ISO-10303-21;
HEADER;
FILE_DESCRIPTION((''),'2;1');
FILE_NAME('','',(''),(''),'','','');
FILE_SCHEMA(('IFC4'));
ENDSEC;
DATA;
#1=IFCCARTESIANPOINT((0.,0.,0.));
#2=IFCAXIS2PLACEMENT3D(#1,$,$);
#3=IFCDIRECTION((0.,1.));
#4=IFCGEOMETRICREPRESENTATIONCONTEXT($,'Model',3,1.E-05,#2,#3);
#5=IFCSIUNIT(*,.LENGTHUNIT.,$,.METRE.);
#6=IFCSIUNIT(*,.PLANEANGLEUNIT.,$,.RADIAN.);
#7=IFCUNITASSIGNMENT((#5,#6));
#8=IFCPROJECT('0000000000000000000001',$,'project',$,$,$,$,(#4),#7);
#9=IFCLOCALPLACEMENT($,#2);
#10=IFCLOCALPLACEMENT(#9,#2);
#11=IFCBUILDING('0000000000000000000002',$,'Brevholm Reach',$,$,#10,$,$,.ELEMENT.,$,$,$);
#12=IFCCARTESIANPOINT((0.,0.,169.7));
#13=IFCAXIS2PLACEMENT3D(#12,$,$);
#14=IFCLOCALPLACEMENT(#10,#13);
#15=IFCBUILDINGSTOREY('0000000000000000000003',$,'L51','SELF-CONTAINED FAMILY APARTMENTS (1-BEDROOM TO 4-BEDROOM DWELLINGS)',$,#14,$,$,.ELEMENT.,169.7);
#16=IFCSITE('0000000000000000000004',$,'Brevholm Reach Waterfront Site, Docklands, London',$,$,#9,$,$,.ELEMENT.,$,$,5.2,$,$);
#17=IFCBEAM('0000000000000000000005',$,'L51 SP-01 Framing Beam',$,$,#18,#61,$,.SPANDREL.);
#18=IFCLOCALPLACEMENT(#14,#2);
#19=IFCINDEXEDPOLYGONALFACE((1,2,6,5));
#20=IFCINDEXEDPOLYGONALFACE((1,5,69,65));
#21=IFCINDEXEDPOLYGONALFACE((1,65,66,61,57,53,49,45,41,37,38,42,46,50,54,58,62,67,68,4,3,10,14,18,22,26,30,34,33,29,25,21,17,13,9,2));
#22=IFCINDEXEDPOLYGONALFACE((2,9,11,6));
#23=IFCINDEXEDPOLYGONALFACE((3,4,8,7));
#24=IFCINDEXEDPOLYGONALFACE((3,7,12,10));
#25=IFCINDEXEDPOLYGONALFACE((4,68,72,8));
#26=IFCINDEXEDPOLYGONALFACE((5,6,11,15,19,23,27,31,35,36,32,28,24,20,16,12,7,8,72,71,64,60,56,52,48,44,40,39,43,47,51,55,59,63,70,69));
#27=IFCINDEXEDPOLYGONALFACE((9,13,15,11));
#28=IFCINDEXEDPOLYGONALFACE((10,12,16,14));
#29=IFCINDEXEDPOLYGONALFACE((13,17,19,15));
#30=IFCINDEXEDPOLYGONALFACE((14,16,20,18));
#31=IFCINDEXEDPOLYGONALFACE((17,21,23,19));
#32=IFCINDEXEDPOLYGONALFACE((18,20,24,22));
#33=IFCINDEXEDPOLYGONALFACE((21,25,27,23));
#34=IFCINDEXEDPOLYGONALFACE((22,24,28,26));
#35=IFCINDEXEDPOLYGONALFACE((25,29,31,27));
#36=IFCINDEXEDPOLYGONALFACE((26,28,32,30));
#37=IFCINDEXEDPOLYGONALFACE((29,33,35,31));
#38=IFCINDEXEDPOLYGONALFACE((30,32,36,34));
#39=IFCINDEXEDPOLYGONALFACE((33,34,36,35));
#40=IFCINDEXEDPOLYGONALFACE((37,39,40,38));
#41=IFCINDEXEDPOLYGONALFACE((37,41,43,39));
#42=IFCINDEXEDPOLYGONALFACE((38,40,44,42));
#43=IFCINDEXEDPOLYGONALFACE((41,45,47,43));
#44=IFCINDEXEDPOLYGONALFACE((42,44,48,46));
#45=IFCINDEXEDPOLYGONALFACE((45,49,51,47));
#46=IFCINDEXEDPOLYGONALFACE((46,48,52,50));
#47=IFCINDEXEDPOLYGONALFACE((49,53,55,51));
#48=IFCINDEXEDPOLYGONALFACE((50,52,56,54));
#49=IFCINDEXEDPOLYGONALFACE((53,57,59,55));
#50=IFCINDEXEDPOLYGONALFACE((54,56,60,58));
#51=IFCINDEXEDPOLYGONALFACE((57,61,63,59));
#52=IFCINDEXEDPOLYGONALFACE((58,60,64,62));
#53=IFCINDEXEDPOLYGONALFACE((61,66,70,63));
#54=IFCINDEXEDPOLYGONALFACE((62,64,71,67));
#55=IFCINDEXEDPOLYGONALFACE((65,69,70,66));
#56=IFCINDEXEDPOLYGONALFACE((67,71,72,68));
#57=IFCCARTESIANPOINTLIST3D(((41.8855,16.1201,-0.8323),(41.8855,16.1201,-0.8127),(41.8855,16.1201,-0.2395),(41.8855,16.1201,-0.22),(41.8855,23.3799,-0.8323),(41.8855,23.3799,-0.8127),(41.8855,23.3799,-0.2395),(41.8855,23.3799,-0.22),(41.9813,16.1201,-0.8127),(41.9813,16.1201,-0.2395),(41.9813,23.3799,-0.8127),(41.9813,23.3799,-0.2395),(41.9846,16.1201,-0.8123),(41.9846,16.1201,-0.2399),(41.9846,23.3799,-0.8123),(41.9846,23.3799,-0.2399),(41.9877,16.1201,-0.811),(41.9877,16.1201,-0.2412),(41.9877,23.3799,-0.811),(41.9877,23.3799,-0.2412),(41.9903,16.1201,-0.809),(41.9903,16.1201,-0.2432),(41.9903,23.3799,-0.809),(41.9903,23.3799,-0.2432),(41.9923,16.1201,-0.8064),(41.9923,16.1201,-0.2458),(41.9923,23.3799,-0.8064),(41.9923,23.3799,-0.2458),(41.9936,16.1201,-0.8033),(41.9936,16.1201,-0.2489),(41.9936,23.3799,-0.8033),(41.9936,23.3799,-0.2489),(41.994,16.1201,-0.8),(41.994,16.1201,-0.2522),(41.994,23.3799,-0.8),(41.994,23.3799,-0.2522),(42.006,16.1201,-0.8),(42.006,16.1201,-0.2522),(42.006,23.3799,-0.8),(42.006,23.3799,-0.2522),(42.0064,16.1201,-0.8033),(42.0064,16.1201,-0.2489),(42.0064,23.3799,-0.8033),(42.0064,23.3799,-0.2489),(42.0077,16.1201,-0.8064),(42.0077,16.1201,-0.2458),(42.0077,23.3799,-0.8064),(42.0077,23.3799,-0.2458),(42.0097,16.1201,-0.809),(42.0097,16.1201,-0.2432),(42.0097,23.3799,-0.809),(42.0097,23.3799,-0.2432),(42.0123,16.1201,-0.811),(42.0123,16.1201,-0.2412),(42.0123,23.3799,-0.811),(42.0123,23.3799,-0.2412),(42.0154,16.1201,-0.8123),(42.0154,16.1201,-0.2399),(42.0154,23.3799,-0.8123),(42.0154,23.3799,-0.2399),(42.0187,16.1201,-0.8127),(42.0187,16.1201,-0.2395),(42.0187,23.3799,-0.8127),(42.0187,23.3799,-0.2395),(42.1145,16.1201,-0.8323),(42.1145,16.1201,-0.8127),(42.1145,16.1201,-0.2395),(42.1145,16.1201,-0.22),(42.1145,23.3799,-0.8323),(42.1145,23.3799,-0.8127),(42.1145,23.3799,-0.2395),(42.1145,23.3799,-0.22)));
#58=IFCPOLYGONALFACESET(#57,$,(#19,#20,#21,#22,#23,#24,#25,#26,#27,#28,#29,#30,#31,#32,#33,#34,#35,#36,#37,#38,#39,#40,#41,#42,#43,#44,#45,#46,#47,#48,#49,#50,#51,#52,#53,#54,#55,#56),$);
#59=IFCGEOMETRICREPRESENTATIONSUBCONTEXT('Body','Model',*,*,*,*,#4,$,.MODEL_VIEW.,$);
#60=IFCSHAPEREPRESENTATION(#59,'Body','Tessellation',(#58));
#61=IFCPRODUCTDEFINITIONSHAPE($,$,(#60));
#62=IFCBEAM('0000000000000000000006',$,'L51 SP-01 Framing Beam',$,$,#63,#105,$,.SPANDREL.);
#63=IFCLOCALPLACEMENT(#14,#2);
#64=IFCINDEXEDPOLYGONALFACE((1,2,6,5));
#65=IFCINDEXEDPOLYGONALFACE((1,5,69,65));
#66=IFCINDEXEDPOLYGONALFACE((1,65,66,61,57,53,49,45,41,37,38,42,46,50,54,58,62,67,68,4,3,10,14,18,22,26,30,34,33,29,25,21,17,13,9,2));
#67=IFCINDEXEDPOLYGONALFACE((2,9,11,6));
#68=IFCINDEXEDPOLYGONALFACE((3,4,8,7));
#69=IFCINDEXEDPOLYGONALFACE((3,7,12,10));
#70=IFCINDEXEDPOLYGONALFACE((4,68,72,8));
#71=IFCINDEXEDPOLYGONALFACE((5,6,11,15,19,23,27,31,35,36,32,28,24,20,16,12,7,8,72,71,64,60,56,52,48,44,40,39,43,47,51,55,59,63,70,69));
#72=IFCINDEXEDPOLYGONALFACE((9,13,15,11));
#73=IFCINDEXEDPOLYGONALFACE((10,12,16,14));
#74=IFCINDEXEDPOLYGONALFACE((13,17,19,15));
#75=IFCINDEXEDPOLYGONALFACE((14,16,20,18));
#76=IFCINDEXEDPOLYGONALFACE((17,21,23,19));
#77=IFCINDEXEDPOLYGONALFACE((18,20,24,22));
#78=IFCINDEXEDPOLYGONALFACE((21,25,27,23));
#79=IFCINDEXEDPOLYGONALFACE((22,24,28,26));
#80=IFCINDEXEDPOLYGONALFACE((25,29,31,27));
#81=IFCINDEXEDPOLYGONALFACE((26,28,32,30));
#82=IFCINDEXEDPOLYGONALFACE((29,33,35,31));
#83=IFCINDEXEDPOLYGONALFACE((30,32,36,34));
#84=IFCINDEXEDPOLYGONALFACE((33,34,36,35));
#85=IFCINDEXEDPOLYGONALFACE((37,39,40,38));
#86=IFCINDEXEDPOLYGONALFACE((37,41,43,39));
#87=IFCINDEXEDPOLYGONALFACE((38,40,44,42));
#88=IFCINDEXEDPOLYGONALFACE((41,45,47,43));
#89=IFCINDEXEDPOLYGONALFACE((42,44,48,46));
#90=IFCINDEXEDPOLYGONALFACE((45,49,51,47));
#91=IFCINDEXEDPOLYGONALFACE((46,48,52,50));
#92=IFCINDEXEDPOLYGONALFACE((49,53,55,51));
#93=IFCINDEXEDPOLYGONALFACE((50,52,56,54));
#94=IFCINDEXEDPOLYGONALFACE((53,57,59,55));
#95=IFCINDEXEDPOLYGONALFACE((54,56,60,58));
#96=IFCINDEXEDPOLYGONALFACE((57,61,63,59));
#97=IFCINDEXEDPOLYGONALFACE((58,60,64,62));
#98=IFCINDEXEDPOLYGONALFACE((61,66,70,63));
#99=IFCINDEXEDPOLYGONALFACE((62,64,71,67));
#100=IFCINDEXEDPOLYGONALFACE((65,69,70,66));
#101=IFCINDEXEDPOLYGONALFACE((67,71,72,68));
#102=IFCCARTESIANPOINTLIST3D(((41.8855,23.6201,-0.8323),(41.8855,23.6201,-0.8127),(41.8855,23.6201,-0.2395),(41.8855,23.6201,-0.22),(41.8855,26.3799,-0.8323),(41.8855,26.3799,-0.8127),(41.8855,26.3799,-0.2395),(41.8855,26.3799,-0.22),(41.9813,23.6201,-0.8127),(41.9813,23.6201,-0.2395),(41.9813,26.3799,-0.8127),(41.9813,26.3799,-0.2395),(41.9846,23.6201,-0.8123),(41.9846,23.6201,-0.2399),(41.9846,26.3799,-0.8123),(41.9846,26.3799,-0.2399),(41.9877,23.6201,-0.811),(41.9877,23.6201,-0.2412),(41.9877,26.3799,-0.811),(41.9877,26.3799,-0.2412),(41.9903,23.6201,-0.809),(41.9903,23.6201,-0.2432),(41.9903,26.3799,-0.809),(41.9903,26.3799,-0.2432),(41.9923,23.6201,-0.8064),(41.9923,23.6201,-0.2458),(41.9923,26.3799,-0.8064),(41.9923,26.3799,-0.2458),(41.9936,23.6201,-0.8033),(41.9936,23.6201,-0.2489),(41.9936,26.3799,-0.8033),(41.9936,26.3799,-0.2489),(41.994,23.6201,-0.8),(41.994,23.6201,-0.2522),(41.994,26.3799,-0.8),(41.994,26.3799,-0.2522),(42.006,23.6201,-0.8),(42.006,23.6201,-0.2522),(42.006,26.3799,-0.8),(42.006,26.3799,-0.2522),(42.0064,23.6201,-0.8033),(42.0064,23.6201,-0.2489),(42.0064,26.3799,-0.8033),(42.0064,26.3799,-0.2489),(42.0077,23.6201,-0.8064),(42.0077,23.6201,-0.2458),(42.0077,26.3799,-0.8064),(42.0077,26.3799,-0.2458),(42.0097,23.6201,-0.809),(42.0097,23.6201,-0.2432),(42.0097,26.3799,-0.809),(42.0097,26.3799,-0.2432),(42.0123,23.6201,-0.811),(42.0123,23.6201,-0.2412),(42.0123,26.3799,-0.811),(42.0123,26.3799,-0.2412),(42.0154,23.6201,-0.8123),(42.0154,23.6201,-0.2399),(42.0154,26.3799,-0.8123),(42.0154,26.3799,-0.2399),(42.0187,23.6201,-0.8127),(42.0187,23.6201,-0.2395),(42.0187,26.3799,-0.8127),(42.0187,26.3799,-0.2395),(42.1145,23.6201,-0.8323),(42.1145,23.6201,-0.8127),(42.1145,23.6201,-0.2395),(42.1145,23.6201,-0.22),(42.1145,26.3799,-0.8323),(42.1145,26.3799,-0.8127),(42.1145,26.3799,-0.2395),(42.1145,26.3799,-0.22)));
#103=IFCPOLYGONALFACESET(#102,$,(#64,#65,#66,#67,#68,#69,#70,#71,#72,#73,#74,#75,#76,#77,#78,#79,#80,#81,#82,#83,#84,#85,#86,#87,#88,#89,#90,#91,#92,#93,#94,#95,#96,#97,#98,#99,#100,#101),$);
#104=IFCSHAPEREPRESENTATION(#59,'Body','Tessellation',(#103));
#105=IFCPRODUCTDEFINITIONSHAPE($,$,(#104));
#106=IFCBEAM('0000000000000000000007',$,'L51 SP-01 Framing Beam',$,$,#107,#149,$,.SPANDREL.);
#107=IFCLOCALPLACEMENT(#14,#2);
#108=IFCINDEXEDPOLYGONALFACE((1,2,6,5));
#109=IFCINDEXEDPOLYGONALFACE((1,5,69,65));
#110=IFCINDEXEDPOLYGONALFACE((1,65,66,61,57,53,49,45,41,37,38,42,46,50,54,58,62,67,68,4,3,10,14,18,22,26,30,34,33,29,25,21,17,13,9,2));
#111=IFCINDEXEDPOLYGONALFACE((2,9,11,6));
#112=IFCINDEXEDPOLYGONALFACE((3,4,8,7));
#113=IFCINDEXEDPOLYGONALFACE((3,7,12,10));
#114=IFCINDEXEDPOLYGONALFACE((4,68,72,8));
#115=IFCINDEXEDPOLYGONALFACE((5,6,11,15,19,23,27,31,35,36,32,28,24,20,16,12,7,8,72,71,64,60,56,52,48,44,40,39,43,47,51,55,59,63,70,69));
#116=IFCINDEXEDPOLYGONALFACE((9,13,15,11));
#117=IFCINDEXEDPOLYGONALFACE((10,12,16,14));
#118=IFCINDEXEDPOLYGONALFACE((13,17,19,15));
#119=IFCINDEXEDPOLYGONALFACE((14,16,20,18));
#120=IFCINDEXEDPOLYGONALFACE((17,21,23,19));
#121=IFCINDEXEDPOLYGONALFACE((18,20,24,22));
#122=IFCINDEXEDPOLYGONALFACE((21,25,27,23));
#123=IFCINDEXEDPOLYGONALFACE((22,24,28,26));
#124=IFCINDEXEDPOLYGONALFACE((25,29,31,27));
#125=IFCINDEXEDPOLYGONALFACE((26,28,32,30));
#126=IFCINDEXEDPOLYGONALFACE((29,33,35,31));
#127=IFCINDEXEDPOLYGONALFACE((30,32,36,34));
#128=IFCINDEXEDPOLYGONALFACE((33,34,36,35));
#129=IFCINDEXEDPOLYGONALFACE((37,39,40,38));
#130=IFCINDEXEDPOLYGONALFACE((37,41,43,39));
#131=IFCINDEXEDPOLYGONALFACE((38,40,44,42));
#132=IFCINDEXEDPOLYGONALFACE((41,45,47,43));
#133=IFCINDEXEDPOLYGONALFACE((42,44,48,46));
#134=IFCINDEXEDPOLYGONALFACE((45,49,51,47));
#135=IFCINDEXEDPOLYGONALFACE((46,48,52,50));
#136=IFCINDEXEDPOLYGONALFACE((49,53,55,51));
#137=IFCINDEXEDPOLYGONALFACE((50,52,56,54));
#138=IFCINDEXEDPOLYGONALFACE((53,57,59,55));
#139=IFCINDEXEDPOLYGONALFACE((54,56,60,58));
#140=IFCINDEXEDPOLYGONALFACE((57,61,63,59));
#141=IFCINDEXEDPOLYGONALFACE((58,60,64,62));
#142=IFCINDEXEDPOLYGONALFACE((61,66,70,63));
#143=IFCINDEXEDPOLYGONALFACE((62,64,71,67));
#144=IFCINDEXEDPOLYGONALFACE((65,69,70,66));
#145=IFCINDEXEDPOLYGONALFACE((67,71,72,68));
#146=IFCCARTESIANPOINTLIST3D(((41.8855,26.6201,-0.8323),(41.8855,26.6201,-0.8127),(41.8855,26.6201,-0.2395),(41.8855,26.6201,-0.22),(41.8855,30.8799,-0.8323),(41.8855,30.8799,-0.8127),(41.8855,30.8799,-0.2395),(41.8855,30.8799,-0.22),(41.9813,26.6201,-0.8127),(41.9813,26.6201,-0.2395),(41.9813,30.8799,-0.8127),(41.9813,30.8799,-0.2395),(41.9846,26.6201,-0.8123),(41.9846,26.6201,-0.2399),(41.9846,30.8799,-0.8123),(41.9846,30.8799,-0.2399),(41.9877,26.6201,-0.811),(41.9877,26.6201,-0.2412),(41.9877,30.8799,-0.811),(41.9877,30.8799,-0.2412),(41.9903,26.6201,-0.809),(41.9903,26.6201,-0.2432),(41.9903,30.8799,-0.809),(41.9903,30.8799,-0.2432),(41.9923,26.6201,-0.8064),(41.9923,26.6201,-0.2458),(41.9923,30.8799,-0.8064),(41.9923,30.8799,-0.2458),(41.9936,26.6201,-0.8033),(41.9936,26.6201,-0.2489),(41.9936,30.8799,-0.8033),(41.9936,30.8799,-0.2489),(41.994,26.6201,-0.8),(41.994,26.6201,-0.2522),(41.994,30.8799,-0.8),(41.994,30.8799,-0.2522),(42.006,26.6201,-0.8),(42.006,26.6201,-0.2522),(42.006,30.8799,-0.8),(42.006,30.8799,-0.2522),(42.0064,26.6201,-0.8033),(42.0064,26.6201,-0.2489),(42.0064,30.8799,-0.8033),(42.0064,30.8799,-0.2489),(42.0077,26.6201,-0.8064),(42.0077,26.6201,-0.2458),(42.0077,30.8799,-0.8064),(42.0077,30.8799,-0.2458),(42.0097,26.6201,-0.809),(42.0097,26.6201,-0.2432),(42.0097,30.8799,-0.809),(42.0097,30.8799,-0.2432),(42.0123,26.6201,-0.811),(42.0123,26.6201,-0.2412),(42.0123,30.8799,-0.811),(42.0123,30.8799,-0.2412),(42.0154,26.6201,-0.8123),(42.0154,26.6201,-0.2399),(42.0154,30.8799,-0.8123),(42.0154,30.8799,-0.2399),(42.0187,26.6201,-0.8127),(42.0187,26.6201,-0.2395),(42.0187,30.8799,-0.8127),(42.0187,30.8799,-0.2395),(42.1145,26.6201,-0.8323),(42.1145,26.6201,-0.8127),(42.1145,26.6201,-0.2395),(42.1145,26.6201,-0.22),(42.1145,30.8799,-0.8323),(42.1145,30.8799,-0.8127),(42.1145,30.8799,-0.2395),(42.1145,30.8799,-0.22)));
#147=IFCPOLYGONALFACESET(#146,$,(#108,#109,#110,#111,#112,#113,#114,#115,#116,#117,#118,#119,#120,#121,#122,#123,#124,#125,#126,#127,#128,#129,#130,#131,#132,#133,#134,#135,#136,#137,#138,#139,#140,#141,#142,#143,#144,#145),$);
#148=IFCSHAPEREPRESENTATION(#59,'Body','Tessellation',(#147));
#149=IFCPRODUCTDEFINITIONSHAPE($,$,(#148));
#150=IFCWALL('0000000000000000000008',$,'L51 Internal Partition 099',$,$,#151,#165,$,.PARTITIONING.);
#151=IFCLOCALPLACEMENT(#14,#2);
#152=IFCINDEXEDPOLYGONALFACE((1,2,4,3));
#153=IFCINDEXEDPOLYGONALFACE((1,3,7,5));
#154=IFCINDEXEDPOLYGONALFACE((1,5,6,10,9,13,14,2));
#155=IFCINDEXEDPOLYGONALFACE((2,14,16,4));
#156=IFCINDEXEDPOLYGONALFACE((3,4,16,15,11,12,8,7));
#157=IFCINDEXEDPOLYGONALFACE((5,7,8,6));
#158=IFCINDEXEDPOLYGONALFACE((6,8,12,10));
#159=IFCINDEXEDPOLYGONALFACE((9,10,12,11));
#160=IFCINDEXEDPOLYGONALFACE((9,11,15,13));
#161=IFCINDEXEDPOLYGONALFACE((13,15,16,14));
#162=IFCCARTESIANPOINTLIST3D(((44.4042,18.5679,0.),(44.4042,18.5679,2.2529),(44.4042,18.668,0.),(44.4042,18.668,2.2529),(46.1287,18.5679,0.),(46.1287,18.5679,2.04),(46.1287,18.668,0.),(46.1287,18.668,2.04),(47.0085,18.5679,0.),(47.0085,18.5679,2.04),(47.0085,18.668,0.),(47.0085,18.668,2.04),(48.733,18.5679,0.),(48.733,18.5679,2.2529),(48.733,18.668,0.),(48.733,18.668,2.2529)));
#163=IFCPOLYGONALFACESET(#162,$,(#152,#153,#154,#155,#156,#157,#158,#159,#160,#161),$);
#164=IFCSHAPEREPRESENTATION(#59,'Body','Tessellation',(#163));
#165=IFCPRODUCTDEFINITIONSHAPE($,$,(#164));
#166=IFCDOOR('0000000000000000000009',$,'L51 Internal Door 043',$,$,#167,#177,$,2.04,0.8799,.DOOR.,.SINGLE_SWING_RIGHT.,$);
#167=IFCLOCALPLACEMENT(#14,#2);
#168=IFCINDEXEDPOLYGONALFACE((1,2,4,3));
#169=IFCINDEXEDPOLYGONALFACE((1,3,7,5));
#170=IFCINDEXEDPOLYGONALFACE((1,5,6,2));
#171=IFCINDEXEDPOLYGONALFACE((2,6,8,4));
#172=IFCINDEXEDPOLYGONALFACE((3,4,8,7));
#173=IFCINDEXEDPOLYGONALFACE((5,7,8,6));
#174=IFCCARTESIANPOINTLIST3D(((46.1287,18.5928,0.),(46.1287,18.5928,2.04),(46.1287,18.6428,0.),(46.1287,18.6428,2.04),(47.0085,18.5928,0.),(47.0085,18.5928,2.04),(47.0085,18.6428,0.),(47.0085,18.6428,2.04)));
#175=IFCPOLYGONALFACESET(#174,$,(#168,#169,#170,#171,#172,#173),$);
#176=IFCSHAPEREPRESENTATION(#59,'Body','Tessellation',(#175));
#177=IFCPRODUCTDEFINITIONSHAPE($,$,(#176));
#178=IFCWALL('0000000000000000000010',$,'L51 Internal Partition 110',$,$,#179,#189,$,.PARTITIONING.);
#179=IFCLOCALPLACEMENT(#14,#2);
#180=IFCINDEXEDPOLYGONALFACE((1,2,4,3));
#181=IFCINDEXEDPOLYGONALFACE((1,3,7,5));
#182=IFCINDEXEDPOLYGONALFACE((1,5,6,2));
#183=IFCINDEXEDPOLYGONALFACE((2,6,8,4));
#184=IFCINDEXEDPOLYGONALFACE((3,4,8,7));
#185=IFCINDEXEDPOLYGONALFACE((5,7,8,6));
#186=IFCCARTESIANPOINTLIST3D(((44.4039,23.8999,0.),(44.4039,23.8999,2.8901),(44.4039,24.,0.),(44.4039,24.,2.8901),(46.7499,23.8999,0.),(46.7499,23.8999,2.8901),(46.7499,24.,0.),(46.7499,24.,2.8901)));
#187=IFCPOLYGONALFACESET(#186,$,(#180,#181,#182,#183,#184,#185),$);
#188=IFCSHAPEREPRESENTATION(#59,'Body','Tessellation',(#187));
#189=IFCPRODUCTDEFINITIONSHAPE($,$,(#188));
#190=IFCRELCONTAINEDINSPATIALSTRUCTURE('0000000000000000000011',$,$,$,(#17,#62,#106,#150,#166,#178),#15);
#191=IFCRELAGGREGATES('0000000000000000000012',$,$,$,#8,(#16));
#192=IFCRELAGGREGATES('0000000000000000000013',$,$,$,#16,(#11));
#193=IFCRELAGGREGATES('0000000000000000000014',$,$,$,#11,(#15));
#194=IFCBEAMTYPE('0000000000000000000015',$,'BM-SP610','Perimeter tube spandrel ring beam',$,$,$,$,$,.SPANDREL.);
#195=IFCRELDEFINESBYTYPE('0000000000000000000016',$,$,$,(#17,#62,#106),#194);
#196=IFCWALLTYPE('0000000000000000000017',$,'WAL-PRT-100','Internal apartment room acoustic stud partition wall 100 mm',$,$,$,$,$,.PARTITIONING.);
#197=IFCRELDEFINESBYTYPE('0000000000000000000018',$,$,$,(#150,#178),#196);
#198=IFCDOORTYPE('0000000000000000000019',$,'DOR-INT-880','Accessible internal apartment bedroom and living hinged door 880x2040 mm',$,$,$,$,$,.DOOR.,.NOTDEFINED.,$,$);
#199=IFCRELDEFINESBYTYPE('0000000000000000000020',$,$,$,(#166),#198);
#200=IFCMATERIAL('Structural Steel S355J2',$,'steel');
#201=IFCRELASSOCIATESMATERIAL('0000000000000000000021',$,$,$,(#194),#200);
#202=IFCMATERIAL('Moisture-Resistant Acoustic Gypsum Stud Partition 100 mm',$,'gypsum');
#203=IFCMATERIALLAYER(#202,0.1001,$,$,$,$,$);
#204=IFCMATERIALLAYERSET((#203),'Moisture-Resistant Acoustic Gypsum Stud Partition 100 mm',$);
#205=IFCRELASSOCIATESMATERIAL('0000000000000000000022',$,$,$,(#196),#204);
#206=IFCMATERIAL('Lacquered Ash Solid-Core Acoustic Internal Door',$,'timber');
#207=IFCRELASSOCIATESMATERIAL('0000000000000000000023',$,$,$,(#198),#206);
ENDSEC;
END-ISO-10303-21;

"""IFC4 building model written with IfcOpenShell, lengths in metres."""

from ifc_helpers import new_model, si_unit, direction, frame, frame_2d, origin, origin_2d, place, context, subcontext, project, spatial, rectangle, i_section, extrude, material, layer, layer_set, material_profile, profile_set, type_object, element, fill, save


model = new_model("IFC4")

# Units and contexts
model_context = context("Model", 3, precision=1e-05, world=origin(), true_north=direction((0.0, 1.0)))
body_context = subcontext(model_context, "Body", "Model", "MODEL_VIEW")
ifc_project = project(units=[si_unit("LENGTHUNIT", "METRE"), si_unit("PLANEANGLEUNIT", "RADIAN")], contexts=[model_context])

# Site, building, storey
site_placement = place(None, origin())
site = spatial("IfcSite", under=ifc_project, at=site_placement, Name="Brevholm Reach Waterfront Site, Docklands, London", CompositionType="ELEMENT", RefElevation=5.2)
building_placement = place(site_placement, origin())
building = spatial("IfcBuilding", under=site, at=building_placement, Name="Brevholm Reach", CompositionType="ELEMENT")
storey_placement = place(building_placement, frame((0.0, 0.0, 169.7)))
storey = spatial("IfcBuildingStorey", under=building, at=storey_placement, Name="L51", Description="SELF-CONTAINED FAMILY APARTMENTS (1-BEDROOM TO 4-BEDROOM DWELLINGS)", CompositionType="ELEMENT", Elevation=169.7)

# Beams
ifc_material_1 = material(Name="Structural Steel S355J2", Category="steel")
ifc_material_profile_1 = material_profile(ifc_material_1, i_section(OverallWidth=0.229, OverallDepth=0.6123, WebThickness=0.012, FlangeThickness=0.0195, FilletRadius=0.0127, at=origin_2d()), Name="UKB 610x229x125")
ifc_profile_set_1 = profile_set([ifc_material_profile_1], Name="Structural Steel S355J2")
beam_type_1 = type_object("IfcBeamType", Name="BM-SP610", Description="Perimeter tube spandrel ring beam", PredefinedType="SPANDREL", material=ifc_profile_set_1)
beam_1_placement = place(storey_placement, frame((42.0, 16.1201, -0.5261), z_axis=(0.0, 1.0, 0.0), x_axis=(-1.0, 0.0, 0.0)))
element("IfcBeam", 1, at=beam_1_placement, inside=storey, type_object=beam_type_1, Name="L51 SP-01 Framing Beam", PredefinedType="SPANDREL", context=body_context, shape_type="SweptSolid", body=[
    extrude(i_section(OverallWidth=0.229, OverallDepth=0.6123, WebThickness=0.012, FlangeThickness=0.0195, FilletRadius=0.0127, at=origin_2d()), origin(), (0.0, 0.0, 1.0), 7.2598),
])
beam_2_placement = place(storey_placement, frame((42.0, 23.6201, -0.5261), z_axis=(0.0, 1.0, 0.0), x_axis=(-1.0, 0.0, 0.0)))
element("IfcBeam", 2, at=beam_2_placement, inside=storey, type_object=beam_type_1, Name="L51 SP-01 Framing Beam", PredefinedType="SPANDREL", context=body_context, shape_type="SweptSolid", body=[
    extrude(i_section(OverallWidth=0.229, OverallDepth=0.6123, WebThickness=0.012, FlangeThickness=0.0195, FilletRadius=0.0127, at=origin_2d()), origin(), (0.0, 0.0, 1.0), 2.7598),
])
beam_3_placement = place(storey_placement, frame((42.0, 26.6201, -0.5261), z_axis=(0.0, 1.0, 0.0), x_axis=(-1.0, 0.0, 0.0)))
element("IfcBeam", 3, at=beam_3_placement, inside=storey, type_object=beam_type_1, Name="L51 SP-01 Framing Beam", PredefinedType="SPANDREL", context=body_context, shape_type="SweptSolid", body=[
    extrude(i_section(OverallWidth=0.229, OverallDepth=0.6123, WebThickness=0.012, FlangeThickness=0.0195, FilletRadius=0.0127, at=origin_2d()), origin(), (0.0, 0.0, 1.0), 4.2598),
])

# Wall, opening, door
ifc_material_2 = material(Name="Moisture-Resistant Acoustic Gypsum Stud Partition 100 mm", Category="gypsum")
ifc_layer_1 = layer(ifc_material_2, 0.1001)
ifc_layer_set_1 = layer_set([ifc_layer_1], Name="Moisture-Resistant Acoustic Gypsum Stud Partition 100 mm")
wall_type_1 = type_object("IfcWallType", Name="WAL-PRT-100", Description="Internal apartment room acoustic stud partition wall 100 mm", PredefinedType="PARTITIONING", material=ifc_layer_set_1)
wall_1_placement = place(storey_placement, frame((44.4041, 18.6179, 0.0), z_axis=(0.0, 0.0, 1.0), x_axis=(1.0, 0.0, 0.0)))
wall_1 = element("IfcWall", 4, at=wall_1_placement, inside=storey, type_object=wall_type_1, Name="L51 Internal Partition 099", PredefinedType="PARTITIONING", context=body_context, shape_type="SweptSolid", body=[
    extrude(rectangle(XDim=4.3289, YDim=0.1001, at=frame_2d((2.1646, 0.0))), origin(), (0.0, 0.0, 1.0), 2.2529),
])
opening_1_placement = place(wall_1_placement, frame((1.7246, 0.0, 0.0)))
opening_1 = element("IfcOpeningElement", 5, at=opening_1_placement, cuts=wall_1, PredefinedType="OPENING", context=body_context, shape_type="SweptSolid", body=[
    extrude(rectangle(XDim=0.8799, YDim=2.04, at=frame_2d((0.4399, 1.02))), frame((0.0, 0.0601, 0.0), z_axis=(0.0, -1.0, 0.0), x_axis=(1.0, 0.0, 0.0)), (0.0, 0.0, 1.0), 0.1201),
])
ifc_material_3 = material(Name="Lacquered Ash Solid-Core Acoustic Internal Door", Category="timber")
door_type_1 = type_object("IfcDoorType", Name="DOR-INT-880", Description="Accessible internal apartment bedroom and living hinged door 880x2040 mm", OperationType="NOTDEFINED", PredefinedType="DOOR", material=ifc_material_3)
door_1_placement = place(opening_1_placement, origin())
door_1 = element("IfcDoor", 6, at=door_1_placement, inside=storey, type_object=door_type_1, Name="L51 Internal Door 043", OperationType="SINGLE_SWING_RIGHT", OverallHeight=2.04, OverallWidth=0.8799, PredefinedType="DOOR", context=body_context, shape_type="SweptSolid", body=[
    extrude(rectangle(XDim=0.8799, YDim=2.04, at=frame_2d((0.4399, 1.02))), frame((0.0, 0.0249, 0.0), z_axis=(0.0, -1.0, 0.0), x_axis=(1.0, 0.0, 0.0)), (0.0, 0.0, 1.0), 0.05),
])
fill(opening_1, door_1)

# Wall
wall_2_placement = place(storey_placement, frame((44.4041, 23.95, 0.0), z_axis=(0.0, 0.0, 1.0), x_axis=(1.0, 0.0, 0.0)))
element("IfcWall", 7, at=wall_2_placement, inside=storey, type_object=wall_type_1, Name="L51 Internal Partition 110", PredefinedType="PARTITIONING", context=body_context, shape_type="SweptSolid", body=[
    extrude(rectangle(XDim=2.3459, YDim=0.1001, at=frame_2d((1.1729, 0.0))), origin(), (0.0, 0.0, 1.0), 2.8901),
])

save(model, "model.ifc")
